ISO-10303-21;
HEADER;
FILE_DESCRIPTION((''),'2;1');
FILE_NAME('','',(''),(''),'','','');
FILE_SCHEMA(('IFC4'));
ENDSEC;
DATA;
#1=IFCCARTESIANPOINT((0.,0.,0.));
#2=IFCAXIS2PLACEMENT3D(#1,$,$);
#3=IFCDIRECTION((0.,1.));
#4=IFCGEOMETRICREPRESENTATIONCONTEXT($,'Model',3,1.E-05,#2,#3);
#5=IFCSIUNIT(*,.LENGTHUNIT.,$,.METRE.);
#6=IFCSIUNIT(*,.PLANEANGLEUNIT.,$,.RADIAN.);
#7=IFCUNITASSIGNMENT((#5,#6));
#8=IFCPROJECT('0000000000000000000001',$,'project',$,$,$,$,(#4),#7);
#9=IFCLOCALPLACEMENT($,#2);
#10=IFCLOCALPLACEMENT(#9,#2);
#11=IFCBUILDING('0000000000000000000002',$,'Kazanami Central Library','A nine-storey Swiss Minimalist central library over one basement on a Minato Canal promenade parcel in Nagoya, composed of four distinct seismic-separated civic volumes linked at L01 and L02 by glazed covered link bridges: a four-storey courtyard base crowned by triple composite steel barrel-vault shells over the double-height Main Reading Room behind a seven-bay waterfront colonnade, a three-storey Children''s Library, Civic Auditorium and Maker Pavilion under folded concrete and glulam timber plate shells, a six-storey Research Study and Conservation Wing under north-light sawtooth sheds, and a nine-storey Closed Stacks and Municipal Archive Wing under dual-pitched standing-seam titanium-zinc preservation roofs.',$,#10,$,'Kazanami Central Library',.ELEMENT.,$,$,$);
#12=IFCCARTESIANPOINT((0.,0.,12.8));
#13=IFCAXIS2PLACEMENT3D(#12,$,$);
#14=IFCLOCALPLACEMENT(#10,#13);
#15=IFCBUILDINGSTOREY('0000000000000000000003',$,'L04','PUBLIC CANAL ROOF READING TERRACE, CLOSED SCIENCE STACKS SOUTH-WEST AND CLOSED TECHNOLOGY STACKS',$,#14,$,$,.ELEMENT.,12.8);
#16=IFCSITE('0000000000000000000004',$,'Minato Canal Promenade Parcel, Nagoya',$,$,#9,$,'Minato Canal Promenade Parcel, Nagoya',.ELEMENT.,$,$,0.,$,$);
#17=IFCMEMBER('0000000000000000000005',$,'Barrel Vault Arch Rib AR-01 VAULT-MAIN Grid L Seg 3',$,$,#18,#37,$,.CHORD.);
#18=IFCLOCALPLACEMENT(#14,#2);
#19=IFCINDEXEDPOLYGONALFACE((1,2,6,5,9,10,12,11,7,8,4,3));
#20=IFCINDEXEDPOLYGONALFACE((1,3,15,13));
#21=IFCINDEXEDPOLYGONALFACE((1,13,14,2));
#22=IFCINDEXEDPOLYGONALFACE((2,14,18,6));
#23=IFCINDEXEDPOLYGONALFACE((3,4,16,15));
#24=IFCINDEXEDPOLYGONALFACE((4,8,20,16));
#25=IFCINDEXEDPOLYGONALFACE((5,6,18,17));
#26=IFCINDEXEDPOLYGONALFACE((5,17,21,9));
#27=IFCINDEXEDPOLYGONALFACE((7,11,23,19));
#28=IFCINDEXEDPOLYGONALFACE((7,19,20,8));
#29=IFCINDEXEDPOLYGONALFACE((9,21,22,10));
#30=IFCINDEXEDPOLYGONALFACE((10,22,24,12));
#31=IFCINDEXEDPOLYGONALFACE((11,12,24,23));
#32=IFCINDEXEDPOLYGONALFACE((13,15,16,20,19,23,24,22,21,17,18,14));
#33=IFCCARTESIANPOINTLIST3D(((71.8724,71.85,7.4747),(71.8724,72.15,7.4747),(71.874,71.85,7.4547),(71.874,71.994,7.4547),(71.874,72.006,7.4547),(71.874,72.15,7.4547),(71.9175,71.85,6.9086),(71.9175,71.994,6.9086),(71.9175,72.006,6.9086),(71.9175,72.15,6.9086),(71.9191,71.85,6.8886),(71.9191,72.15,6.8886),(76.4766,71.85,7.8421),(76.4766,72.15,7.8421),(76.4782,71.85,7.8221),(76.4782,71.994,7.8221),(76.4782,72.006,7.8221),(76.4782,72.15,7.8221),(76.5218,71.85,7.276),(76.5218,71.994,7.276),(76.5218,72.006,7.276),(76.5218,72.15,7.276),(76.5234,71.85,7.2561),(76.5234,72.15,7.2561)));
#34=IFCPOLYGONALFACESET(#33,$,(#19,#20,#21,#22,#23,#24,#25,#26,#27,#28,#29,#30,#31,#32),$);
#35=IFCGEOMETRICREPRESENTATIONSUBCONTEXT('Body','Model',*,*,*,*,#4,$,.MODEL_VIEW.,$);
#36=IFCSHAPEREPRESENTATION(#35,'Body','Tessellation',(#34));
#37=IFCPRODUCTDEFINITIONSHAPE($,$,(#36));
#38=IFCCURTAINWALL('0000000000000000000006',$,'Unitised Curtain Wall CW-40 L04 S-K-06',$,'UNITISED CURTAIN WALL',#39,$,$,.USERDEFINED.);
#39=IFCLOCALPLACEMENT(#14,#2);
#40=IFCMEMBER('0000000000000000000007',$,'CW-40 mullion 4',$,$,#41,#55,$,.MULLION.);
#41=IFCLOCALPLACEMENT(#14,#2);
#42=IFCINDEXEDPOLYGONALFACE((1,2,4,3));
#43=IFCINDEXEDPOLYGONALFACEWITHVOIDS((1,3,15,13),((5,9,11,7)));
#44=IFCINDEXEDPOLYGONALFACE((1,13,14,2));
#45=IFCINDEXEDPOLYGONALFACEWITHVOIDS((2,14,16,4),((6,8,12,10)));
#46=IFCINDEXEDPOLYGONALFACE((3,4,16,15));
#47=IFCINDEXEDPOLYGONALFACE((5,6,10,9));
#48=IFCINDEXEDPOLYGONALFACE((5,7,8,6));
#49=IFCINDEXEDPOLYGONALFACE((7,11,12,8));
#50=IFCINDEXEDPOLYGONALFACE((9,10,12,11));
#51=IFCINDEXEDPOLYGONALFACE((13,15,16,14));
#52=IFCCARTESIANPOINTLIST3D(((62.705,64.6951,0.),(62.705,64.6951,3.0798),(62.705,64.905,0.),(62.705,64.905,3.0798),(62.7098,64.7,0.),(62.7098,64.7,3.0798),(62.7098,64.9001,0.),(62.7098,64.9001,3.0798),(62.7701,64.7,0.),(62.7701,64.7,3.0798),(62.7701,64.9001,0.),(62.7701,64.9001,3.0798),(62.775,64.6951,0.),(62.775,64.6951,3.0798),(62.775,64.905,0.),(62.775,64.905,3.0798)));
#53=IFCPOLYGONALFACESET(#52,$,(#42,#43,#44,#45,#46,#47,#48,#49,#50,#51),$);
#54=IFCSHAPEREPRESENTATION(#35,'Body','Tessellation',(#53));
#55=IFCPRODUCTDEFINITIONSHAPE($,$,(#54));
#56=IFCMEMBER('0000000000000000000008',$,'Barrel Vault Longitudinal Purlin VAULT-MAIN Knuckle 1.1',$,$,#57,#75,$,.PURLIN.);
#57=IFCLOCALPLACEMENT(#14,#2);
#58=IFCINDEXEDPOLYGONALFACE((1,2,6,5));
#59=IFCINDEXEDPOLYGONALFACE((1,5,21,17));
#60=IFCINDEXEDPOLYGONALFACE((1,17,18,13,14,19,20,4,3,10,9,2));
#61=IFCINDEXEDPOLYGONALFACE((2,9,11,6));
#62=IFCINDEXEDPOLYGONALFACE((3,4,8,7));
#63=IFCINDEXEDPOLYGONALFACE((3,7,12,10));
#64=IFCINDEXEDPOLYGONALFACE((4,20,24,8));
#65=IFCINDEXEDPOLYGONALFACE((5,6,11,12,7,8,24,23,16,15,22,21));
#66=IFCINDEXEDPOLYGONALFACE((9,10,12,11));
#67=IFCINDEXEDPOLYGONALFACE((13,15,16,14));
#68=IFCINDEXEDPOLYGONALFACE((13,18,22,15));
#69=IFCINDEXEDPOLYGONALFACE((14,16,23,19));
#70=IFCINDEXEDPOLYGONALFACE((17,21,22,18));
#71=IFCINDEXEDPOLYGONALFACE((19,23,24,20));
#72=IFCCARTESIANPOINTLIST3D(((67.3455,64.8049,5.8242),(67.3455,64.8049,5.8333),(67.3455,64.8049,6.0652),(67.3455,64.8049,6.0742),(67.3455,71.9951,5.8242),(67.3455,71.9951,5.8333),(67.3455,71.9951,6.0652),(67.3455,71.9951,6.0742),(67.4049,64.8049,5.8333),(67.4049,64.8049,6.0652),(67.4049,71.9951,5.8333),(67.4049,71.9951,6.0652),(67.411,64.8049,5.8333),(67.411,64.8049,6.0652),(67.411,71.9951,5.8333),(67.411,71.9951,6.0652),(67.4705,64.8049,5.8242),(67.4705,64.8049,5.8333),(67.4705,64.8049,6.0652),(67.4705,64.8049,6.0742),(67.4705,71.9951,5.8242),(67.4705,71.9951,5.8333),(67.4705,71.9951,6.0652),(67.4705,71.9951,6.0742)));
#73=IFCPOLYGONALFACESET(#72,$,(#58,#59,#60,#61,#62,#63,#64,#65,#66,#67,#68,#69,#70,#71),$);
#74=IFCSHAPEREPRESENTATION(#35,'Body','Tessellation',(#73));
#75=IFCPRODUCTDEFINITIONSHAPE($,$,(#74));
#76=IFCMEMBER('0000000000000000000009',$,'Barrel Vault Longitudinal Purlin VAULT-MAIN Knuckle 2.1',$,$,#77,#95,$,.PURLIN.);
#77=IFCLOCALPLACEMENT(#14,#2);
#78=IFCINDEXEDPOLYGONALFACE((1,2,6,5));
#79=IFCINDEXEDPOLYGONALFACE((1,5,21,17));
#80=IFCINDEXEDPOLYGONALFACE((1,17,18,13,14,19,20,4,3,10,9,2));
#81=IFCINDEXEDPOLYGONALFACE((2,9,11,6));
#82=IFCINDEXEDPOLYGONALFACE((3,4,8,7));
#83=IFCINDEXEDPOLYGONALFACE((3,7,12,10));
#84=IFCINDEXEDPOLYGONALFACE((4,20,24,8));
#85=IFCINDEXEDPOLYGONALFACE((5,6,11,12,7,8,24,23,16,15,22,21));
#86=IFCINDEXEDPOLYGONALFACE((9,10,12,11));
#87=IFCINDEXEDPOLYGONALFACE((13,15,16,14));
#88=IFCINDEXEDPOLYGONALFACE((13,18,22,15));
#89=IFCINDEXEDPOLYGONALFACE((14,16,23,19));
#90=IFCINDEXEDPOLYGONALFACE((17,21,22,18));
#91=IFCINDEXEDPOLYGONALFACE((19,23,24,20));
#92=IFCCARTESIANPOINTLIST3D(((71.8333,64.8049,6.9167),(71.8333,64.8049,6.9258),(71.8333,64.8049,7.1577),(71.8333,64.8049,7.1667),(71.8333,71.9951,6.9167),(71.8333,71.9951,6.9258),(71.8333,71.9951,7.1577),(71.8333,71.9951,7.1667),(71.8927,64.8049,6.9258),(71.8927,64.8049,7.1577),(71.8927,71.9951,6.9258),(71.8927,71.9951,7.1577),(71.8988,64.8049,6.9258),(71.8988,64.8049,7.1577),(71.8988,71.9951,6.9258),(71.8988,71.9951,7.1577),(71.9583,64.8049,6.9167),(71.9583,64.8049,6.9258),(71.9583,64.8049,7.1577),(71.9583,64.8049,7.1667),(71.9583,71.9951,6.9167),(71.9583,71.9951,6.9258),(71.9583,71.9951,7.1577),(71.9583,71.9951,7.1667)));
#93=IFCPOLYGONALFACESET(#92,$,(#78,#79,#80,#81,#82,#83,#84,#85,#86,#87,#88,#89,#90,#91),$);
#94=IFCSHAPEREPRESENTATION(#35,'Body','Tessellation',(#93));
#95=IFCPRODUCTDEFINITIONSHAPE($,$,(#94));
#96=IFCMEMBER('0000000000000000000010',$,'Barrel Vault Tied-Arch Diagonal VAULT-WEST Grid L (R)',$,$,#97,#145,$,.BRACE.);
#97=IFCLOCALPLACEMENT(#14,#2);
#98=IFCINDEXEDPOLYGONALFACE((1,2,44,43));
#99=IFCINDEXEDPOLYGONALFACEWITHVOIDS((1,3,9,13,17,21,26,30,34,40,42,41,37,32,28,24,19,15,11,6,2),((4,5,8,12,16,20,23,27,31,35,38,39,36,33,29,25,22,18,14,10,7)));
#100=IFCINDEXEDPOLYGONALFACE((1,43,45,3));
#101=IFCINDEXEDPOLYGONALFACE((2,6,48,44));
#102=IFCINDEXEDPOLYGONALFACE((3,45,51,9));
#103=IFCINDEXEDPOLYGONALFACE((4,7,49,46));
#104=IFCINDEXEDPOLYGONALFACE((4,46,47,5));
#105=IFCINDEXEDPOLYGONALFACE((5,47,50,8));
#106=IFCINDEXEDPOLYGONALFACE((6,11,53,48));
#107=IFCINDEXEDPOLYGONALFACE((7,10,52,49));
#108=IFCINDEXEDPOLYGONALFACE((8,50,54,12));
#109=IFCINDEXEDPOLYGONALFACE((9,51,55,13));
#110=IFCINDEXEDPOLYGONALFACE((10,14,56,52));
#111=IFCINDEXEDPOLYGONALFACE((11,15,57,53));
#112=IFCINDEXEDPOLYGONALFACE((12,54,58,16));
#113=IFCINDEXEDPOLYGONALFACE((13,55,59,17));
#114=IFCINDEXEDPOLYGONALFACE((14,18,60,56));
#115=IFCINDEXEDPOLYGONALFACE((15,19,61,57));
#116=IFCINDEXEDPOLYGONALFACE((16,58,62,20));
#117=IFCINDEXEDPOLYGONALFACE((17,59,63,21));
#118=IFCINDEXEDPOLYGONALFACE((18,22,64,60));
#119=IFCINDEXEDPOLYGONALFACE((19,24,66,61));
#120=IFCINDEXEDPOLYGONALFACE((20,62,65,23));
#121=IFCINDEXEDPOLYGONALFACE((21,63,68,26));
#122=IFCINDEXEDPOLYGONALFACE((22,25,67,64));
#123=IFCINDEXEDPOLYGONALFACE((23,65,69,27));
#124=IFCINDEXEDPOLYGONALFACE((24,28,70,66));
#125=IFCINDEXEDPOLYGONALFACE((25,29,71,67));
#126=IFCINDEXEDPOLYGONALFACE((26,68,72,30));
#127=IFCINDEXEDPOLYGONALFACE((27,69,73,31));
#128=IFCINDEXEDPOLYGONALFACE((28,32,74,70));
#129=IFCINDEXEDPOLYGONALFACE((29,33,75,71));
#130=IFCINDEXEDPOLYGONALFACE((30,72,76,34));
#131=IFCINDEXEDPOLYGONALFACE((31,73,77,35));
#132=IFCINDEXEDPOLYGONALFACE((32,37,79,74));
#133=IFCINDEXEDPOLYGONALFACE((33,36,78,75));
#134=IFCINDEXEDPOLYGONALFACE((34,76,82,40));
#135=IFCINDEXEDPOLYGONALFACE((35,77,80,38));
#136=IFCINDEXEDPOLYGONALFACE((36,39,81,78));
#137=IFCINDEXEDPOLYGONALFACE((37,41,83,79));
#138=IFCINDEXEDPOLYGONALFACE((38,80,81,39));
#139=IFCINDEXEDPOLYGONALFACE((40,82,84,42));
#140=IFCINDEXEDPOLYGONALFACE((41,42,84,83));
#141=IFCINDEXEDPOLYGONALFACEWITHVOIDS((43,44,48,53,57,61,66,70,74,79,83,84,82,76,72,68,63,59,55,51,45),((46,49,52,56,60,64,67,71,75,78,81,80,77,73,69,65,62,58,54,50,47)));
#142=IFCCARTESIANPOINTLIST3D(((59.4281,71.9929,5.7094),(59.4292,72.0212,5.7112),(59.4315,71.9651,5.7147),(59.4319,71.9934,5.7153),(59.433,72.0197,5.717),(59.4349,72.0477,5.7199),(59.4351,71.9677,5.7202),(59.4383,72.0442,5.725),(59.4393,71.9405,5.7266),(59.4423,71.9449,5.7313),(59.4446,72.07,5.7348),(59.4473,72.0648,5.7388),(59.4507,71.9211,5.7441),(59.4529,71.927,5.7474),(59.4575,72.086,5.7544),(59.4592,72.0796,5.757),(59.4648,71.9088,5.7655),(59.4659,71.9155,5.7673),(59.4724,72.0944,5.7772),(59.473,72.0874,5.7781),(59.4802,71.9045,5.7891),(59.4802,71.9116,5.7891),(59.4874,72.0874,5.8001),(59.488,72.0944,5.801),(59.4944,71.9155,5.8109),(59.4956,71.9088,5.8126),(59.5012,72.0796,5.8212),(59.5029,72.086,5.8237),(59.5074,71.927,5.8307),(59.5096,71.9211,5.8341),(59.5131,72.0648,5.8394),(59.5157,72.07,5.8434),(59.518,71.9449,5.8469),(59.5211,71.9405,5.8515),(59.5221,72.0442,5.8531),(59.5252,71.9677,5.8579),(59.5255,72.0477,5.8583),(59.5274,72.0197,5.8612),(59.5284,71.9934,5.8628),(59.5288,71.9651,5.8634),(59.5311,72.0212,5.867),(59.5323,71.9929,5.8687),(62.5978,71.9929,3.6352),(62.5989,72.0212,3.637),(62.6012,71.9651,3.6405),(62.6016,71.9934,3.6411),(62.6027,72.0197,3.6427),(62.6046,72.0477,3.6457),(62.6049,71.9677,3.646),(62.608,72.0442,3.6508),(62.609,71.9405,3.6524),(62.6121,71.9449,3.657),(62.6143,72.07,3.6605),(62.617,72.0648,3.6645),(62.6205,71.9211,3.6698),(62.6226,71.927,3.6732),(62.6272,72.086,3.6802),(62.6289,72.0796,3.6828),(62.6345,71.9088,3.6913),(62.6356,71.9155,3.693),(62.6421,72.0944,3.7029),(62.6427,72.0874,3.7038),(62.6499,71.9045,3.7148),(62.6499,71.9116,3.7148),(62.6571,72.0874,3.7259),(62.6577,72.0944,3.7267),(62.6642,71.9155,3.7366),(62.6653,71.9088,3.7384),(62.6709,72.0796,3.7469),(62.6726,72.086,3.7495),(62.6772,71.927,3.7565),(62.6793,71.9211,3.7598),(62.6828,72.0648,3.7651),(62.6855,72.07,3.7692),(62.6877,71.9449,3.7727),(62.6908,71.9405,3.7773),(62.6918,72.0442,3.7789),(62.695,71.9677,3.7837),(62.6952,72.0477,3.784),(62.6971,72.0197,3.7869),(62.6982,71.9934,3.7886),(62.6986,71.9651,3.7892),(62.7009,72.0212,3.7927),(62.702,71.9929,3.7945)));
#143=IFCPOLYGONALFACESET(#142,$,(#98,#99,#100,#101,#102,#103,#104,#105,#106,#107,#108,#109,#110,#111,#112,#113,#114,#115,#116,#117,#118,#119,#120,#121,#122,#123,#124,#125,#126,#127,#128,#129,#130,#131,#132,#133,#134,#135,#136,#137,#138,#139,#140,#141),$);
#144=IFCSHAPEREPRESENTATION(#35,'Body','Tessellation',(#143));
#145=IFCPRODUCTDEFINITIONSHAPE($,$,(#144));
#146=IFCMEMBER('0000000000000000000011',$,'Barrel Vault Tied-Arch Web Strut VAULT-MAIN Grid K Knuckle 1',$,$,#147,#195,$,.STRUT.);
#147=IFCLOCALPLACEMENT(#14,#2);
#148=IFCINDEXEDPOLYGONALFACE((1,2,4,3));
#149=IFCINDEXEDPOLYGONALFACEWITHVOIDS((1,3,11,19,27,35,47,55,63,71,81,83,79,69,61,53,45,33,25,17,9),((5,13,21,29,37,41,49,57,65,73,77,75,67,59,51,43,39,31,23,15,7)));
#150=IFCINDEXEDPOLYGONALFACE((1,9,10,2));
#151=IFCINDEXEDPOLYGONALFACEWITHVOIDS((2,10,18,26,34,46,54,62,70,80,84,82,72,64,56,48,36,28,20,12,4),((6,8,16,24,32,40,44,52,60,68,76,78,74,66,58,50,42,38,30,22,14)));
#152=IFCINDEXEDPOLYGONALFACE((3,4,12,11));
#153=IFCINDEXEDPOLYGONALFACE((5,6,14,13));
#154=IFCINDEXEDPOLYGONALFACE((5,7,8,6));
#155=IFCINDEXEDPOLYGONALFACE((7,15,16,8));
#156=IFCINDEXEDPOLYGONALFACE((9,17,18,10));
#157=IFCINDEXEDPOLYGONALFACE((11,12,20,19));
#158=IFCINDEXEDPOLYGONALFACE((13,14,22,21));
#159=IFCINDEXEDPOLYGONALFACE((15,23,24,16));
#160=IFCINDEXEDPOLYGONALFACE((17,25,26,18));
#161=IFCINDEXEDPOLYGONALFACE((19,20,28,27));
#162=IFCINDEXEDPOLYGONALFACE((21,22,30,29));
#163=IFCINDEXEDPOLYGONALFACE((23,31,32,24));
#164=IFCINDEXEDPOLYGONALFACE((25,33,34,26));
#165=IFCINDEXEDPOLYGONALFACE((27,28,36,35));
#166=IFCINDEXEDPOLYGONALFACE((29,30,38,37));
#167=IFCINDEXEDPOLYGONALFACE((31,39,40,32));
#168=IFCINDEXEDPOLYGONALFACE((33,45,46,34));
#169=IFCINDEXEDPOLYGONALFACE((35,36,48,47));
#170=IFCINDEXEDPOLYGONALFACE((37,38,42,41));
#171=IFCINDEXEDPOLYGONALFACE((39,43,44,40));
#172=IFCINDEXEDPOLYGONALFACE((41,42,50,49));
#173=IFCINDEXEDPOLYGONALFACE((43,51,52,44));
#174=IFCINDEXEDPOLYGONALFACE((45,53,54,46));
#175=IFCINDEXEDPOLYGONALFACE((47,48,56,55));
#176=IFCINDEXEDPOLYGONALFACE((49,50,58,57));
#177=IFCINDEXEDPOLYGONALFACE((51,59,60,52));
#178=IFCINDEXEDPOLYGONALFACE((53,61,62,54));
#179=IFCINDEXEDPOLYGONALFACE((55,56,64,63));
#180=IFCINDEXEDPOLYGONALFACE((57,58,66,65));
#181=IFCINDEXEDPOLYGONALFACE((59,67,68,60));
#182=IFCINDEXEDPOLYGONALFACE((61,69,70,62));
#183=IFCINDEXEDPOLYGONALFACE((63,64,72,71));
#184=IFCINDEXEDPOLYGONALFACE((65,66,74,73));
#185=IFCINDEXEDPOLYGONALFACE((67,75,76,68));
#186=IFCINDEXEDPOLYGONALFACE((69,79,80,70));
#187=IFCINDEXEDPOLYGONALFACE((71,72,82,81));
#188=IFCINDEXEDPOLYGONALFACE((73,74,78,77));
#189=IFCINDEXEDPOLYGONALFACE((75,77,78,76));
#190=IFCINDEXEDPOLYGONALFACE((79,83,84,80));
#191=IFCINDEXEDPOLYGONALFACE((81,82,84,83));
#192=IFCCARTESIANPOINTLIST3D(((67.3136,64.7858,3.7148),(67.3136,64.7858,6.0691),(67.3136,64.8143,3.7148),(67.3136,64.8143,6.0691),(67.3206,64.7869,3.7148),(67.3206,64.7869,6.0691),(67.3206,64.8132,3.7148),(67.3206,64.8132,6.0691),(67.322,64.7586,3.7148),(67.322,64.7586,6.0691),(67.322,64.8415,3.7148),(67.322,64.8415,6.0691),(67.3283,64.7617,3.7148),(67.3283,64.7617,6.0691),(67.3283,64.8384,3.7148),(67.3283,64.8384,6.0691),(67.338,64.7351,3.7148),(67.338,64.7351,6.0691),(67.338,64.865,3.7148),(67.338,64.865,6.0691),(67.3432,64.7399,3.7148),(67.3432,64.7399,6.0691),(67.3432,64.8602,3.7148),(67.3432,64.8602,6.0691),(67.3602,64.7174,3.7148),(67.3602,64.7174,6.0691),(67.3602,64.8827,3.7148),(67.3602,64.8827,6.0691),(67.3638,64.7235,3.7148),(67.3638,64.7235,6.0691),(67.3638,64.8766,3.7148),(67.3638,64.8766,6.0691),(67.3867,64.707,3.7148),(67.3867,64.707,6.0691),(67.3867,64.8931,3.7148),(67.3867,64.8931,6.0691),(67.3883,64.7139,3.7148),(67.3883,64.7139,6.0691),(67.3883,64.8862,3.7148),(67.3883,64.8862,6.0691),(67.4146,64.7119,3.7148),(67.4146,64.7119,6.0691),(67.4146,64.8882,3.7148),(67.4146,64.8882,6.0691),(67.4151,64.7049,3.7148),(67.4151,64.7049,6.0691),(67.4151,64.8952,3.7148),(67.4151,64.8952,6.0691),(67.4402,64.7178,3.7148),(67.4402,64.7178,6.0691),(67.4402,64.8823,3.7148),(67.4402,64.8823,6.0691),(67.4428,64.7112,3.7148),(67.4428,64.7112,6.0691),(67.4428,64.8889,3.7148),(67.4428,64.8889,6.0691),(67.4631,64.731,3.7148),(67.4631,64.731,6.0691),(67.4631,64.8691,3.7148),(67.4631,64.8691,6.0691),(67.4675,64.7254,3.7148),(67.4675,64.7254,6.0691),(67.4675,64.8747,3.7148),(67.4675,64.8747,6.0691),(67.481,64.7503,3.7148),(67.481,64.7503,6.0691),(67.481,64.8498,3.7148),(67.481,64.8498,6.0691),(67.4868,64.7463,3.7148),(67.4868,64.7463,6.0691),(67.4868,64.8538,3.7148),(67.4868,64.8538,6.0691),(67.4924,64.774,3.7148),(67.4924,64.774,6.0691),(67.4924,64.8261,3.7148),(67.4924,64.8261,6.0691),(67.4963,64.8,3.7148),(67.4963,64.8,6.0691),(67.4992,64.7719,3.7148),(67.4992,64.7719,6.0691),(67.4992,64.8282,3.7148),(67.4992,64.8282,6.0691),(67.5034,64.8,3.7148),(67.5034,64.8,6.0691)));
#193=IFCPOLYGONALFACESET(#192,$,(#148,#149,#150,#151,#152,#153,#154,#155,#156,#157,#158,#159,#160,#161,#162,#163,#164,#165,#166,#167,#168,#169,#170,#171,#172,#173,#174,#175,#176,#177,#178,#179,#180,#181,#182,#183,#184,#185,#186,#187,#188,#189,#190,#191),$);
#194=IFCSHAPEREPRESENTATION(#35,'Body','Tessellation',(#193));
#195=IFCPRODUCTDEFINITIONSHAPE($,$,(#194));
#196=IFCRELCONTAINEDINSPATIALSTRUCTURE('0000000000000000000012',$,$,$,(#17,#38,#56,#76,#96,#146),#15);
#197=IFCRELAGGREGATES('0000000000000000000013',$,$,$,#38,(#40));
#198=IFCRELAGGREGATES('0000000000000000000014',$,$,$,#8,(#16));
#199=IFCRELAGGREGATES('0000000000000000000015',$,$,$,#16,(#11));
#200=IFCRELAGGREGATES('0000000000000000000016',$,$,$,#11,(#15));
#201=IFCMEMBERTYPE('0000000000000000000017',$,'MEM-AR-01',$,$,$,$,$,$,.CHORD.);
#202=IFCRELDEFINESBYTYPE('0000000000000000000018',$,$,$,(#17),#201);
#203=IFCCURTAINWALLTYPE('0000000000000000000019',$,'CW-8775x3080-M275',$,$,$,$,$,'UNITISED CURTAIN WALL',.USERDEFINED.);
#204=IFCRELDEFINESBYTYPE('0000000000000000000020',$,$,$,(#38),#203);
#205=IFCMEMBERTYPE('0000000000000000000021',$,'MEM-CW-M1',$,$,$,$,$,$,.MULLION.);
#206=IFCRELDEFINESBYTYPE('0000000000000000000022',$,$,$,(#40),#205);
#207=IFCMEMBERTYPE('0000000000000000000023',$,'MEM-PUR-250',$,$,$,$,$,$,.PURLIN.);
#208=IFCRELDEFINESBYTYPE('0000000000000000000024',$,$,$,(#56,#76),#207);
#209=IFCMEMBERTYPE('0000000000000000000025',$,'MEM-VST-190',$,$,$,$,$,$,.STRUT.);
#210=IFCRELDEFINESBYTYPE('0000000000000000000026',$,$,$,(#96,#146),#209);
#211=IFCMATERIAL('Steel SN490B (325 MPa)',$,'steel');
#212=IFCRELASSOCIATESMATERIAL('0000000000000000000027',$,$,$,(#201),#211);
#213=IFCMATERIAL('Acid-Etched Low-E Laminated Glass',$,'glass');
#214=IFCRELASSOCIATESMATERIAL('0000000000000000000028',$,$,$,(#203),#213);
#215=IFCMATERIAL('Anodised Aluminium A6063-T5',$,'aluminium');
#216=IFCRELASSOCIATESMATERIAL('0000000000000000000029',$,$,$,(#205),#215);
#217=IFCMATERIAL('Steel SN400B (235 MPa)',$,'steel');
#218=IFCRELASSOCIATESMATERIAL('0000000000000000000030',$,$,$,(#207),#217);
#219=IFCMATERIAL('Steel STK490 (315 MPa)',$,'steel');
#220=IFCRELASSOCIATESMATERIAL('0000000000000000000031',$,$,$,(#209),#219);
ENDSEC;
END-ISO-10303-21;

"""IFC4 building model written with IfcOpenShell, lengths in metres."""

from ifc_helpers import new_model, si_unit, direction, frame, origin, origin_2d, place, context, subcontext, project, spatial, hollow_rectangle, hollow_circle, i_section, extrude, material, material_profile, profile_set, type_object, element, aggregate, save


model = new_model("IFC4")

# Units and contexts
model_context = context("Model", 3, precision=1e-05, world=origin(), true_north=direction((0.0, 1.0)))
body_context = subcontext(model_context, "Body", "Model", "MODEL_VIEW")
ifc_project = project(units=[si_unit("LENGTHUNIT", "METRE"), si_unit("PLANEANGLEUNIT", "RADIAN")], contexts=[model_context])

# Site, building, storey
site_placement = place(None, origin())
site = spatial("IfcSite", under=ifc_project, at=site_placement, Name="Minato Canal Promenade Parcel, Nagoya", LongName="Minato Canal Promenade Parcel, Nagoya", CompositionType="ELEMENT", RefElevation=0.0)
building_placement = place(site_placement, origin())
building = spatial("IfcBuilding", under=site, at=building_placement, Name="Kazanami Central Library", Description="A nine-storey Swiss Minimalist central library over one basement on a Minato Canal promenade parcel in Nagoya, composed of four distinct seismic-separated civic volumes linked at L01 and L02 by glazed covered link bridges: a four-storey courtyard base crowned by triple composite steel barrel-vault shells over the double-height Main Reading Room behind a seven-bay waterfront colonnade, a three-storey Children's Library, Civic Auditorium and Maker Pavilion under folded concrete and glulam timber plate shells, a six-storey Research Study and Conservation Wing under north-light sawtooth sheds, and a nine-storey Closed Stacks and Municipal Archive Wing under dual-pitched standing-seam titanium-zinc preservation roofs.", LongName="Kazanami Central Library", CompositionType="ELEMENT")
storey_placement = place(building_placement, frame((0.0, 0.0, 12.8)))
storey = spatial("IfcBuildingStorey", under=building, at=storey_placement, Name="L04", Description="PUBLIC CANAL ROOF READING TERRACE, CLOSED SCIENCE STACKS SOUTH-WEST AND CLOSED TECHNOLOGY STACKS", CompositionType="ELEMENT", Elevation=12.8)

# Shared definitions
ifc_material_1 = material(Name="Steel SN490B (325 MPa)", Category="steel")

# Member
ifc_material_profile_1 = material_profile(ifc_material_1, i_section(OverallWidth=0.3, OverallDepth=0.5879, WebThickness=0.012, FlangeThickness=0.02, at=origin_2d()), Name="H-588x300x12x20")
ifc_profile_set_1 = profile_set([ifc_material_profile_1], Name="Steel SN490B (325 MPa)")
member_type_1 = type_object("IfcMemberType", Name="MEM-AR-01", PredefinedType="CHORD", material=ifc_profile_set_1)
for number, where, z_axis, x_axis, name in (
    (1, (71.8958, 72.0, 7.1816), (0.996831, 0.0, 0.07955), (0.0, 1.0, 0.0), "Barrel Vault Arch Rib AR-01 VAULT-MAIN Grid L Seg 3"),
):
    element("IfcMember", number, at=place(storey_placement, frame(where, z_axis=z_axis, x_axis=x_axis)), inside=storey, type_object=member_type_1, Name=name, PredefinedType="CHORD", context=body_context, shape_type="SweptSolid", body=[
        extrude(i_section(OverallWidth=0.3, OverallDepth=0.5879, WebThickness=0.012, FlangeThickness=0.02, at=origin_2d()), origin(), (0.0, 0.0, 1.0), 4.6189),
    ])

# Curtain wall, member
ifc_material_2 = material(Name="Acid-Etched Low-E Laminated Glass", Category="glass")
curtain_wall_type = type_object("IfcCurtainWallType", Name="CW-8775x3080-M275", ElementType="UNITISED CURTAIN WALL", PredefinedType="USERDEFINED", material=ifc_material_2)
curtain_wall_placement = place(storey_placement, origin())
curtain_wall = element("IfcCurtainWall", 2, at=curtain_wall_placement, inside=storey, type_object=curtain_wall_type, Name="Unitised Curtain Wall CW-40 L04 S-K-06", ObjectType="UNITISED CURTAIN WALL", PredefinedType="USERDEFINED")
ifc_material_3 = material(Name="Anodised Aluminium A6063-T5", Category="aluminium")
ifc_material_profile_2 = material_profile(ifc_material_3, hollow_rectangle(XDim=0.0701, YDim=0.21, WallThickness=0.0049, at=origin_2d()), Name="ALU-MULL-70x210x5")
ifc_profile_set_2 = profile_set([ifc_material_profile_2], Name="Anodised Aluminium A6063-T5")
member_type_2 = type_object("IfcMemberType", Name="MEM-CW-M1", PredefinedType="MULLION", material=ifc_profile_set_2)
member_1_placement = place(storey_placement, frame((62.74, 64.8, 0.0), z_axis=(0.0, 0.0, 1.0), x_axis=(1.0, 0.0, 0.0)))
member_1 = element("IfcMember", 3, at=member_1_placement, type_object=member_type_2, Name="CW-40 mullion 4", PredefinedType="MULLION", context=body_context, shape_type="SweptSolid", body=[
    extrude(hollow_rectangle(XDim=0.0701, YDim=0.21, WallThickness=0.0049, at=origin_2d()), origin(), (0.0, 0.0, 1.0), 3.0798),
])
aggregate(curtain_wall, [member_1])

# Members
ifc_material_4 = material(Name="Steel SN400B (235 MPa)", Category="steel")
ifc_material_profile_3 = material_profile(ifc_material_4, i_section(OverallWidth=0.125, OverallDepth=0.25, WebThickness=0.0061, FlangeThickness=0.009, at=origin_2d()), Name="H-250x125x6x9")
ifc_profile_set_3 = profile_set([ifc_material_profile_3], Name="Steel SN400B (235 MPa)")
member_type_3 = type_object("IfcMemberType", Name="MEM-PUR-250", PredefinedType="PURLIN", material=ifc_profile_set_3)
for number, where, z_axis, x_axis, name in (
    (4, (67.408, 64.8049, 5.9492), (0.0, 1.0, 0.0), (-1.0, 0.0, 0.0), "Barrel Vault Longitudinal Purlin VAULT-MAIN Knuckle 1.1"),
    (5, (71.8958, 64.8049, 7.0417), (0.0, 1.0, 0.0), (-1.0, 0.0, 0.0), "Barrel Vault Longitudinal Purlin VAULT-MAIN Knuckle 2.1"),
):
    element("IfcMember", number, at=place(storey_placement, frame(where, z_axis=z_axis, x_axis=x_axis)), inside=storey, type_object=member_type_3, Name=name, PredefinedType="PURLIN", context=body_context, shape_type="SweptSolid", body=[
        extrude(i_section(OverallWidth=0.125, OverallDepth=0.25, WebThickness=0.0061, FlangeThickness=0.009, at=origin_2d()), origin(), (0.0, 0.0, 1.0), 7.1902),
    ])
ifc_material_5 = material(Name="Steel STK490 (315 MPa)", Category="steel")
ifc_material_profile_4 = material_profile(ifc_material_5, hollow_circle(Radius=0.0955, WallThickness=0.0071, at=origin_2d()), Name="CHS-190.7x7.0")
ifc_profile_set_4 = profile_set([ifc_material_profile_4], Name="Steel STK490 (315 MPa)")
member_type_4 = type_object("IfcMemberType", Name="MEM-VST-190", PredefinedType="STRUT", material=ifc_profile_set_4)
member_2_placement = place(storey_placement, frame((62.6499, 72.0, 3.7148), z_axis=(-0.83676, 0.0, 0.547571), x_axis=(0.0, -1.0, 0.0)))
element("IfcMember", 6, at=member_2_placement, inside=storey, type_object=member_type_4, Name="Barrel Vault Tied-Arch Diagonal VAULT-WEST Grid L (R)", PredefinedType="BRACE", context=body_context, shape_type="SweptSolid", body=[
    extrude(hollow_circle(Radius=0.0955, WallThickness=0.0071, at=origin_2d()), origin(), (0.0, 0.0, 1.0), 3.7881),
])
member_3_placement = place(storey_placement, frame((67.408, 64.8, 3.7148), z_axis=(0.0, 0.0, 1.0), x_axis=(1.0, 0.0, 0.0)))
element("IfcMember", 7, at=member_3_placement, inside=storey, type_object=member_type_4, Name="Barrel Vault Tied-Arch Web Strut VAULT-MAIN Grid K Knuckle 1", PredefinedType="STRUT", context=body_context, shape_type="SweptSolid", body=[
    extrude(hollow_circle(Radius=0.0955, WallThickness=0.0071, at=origin_2d()), origin(), (0.0, 0.0, 1.0), 2.3542),
])

save(model, "model.ifc")
